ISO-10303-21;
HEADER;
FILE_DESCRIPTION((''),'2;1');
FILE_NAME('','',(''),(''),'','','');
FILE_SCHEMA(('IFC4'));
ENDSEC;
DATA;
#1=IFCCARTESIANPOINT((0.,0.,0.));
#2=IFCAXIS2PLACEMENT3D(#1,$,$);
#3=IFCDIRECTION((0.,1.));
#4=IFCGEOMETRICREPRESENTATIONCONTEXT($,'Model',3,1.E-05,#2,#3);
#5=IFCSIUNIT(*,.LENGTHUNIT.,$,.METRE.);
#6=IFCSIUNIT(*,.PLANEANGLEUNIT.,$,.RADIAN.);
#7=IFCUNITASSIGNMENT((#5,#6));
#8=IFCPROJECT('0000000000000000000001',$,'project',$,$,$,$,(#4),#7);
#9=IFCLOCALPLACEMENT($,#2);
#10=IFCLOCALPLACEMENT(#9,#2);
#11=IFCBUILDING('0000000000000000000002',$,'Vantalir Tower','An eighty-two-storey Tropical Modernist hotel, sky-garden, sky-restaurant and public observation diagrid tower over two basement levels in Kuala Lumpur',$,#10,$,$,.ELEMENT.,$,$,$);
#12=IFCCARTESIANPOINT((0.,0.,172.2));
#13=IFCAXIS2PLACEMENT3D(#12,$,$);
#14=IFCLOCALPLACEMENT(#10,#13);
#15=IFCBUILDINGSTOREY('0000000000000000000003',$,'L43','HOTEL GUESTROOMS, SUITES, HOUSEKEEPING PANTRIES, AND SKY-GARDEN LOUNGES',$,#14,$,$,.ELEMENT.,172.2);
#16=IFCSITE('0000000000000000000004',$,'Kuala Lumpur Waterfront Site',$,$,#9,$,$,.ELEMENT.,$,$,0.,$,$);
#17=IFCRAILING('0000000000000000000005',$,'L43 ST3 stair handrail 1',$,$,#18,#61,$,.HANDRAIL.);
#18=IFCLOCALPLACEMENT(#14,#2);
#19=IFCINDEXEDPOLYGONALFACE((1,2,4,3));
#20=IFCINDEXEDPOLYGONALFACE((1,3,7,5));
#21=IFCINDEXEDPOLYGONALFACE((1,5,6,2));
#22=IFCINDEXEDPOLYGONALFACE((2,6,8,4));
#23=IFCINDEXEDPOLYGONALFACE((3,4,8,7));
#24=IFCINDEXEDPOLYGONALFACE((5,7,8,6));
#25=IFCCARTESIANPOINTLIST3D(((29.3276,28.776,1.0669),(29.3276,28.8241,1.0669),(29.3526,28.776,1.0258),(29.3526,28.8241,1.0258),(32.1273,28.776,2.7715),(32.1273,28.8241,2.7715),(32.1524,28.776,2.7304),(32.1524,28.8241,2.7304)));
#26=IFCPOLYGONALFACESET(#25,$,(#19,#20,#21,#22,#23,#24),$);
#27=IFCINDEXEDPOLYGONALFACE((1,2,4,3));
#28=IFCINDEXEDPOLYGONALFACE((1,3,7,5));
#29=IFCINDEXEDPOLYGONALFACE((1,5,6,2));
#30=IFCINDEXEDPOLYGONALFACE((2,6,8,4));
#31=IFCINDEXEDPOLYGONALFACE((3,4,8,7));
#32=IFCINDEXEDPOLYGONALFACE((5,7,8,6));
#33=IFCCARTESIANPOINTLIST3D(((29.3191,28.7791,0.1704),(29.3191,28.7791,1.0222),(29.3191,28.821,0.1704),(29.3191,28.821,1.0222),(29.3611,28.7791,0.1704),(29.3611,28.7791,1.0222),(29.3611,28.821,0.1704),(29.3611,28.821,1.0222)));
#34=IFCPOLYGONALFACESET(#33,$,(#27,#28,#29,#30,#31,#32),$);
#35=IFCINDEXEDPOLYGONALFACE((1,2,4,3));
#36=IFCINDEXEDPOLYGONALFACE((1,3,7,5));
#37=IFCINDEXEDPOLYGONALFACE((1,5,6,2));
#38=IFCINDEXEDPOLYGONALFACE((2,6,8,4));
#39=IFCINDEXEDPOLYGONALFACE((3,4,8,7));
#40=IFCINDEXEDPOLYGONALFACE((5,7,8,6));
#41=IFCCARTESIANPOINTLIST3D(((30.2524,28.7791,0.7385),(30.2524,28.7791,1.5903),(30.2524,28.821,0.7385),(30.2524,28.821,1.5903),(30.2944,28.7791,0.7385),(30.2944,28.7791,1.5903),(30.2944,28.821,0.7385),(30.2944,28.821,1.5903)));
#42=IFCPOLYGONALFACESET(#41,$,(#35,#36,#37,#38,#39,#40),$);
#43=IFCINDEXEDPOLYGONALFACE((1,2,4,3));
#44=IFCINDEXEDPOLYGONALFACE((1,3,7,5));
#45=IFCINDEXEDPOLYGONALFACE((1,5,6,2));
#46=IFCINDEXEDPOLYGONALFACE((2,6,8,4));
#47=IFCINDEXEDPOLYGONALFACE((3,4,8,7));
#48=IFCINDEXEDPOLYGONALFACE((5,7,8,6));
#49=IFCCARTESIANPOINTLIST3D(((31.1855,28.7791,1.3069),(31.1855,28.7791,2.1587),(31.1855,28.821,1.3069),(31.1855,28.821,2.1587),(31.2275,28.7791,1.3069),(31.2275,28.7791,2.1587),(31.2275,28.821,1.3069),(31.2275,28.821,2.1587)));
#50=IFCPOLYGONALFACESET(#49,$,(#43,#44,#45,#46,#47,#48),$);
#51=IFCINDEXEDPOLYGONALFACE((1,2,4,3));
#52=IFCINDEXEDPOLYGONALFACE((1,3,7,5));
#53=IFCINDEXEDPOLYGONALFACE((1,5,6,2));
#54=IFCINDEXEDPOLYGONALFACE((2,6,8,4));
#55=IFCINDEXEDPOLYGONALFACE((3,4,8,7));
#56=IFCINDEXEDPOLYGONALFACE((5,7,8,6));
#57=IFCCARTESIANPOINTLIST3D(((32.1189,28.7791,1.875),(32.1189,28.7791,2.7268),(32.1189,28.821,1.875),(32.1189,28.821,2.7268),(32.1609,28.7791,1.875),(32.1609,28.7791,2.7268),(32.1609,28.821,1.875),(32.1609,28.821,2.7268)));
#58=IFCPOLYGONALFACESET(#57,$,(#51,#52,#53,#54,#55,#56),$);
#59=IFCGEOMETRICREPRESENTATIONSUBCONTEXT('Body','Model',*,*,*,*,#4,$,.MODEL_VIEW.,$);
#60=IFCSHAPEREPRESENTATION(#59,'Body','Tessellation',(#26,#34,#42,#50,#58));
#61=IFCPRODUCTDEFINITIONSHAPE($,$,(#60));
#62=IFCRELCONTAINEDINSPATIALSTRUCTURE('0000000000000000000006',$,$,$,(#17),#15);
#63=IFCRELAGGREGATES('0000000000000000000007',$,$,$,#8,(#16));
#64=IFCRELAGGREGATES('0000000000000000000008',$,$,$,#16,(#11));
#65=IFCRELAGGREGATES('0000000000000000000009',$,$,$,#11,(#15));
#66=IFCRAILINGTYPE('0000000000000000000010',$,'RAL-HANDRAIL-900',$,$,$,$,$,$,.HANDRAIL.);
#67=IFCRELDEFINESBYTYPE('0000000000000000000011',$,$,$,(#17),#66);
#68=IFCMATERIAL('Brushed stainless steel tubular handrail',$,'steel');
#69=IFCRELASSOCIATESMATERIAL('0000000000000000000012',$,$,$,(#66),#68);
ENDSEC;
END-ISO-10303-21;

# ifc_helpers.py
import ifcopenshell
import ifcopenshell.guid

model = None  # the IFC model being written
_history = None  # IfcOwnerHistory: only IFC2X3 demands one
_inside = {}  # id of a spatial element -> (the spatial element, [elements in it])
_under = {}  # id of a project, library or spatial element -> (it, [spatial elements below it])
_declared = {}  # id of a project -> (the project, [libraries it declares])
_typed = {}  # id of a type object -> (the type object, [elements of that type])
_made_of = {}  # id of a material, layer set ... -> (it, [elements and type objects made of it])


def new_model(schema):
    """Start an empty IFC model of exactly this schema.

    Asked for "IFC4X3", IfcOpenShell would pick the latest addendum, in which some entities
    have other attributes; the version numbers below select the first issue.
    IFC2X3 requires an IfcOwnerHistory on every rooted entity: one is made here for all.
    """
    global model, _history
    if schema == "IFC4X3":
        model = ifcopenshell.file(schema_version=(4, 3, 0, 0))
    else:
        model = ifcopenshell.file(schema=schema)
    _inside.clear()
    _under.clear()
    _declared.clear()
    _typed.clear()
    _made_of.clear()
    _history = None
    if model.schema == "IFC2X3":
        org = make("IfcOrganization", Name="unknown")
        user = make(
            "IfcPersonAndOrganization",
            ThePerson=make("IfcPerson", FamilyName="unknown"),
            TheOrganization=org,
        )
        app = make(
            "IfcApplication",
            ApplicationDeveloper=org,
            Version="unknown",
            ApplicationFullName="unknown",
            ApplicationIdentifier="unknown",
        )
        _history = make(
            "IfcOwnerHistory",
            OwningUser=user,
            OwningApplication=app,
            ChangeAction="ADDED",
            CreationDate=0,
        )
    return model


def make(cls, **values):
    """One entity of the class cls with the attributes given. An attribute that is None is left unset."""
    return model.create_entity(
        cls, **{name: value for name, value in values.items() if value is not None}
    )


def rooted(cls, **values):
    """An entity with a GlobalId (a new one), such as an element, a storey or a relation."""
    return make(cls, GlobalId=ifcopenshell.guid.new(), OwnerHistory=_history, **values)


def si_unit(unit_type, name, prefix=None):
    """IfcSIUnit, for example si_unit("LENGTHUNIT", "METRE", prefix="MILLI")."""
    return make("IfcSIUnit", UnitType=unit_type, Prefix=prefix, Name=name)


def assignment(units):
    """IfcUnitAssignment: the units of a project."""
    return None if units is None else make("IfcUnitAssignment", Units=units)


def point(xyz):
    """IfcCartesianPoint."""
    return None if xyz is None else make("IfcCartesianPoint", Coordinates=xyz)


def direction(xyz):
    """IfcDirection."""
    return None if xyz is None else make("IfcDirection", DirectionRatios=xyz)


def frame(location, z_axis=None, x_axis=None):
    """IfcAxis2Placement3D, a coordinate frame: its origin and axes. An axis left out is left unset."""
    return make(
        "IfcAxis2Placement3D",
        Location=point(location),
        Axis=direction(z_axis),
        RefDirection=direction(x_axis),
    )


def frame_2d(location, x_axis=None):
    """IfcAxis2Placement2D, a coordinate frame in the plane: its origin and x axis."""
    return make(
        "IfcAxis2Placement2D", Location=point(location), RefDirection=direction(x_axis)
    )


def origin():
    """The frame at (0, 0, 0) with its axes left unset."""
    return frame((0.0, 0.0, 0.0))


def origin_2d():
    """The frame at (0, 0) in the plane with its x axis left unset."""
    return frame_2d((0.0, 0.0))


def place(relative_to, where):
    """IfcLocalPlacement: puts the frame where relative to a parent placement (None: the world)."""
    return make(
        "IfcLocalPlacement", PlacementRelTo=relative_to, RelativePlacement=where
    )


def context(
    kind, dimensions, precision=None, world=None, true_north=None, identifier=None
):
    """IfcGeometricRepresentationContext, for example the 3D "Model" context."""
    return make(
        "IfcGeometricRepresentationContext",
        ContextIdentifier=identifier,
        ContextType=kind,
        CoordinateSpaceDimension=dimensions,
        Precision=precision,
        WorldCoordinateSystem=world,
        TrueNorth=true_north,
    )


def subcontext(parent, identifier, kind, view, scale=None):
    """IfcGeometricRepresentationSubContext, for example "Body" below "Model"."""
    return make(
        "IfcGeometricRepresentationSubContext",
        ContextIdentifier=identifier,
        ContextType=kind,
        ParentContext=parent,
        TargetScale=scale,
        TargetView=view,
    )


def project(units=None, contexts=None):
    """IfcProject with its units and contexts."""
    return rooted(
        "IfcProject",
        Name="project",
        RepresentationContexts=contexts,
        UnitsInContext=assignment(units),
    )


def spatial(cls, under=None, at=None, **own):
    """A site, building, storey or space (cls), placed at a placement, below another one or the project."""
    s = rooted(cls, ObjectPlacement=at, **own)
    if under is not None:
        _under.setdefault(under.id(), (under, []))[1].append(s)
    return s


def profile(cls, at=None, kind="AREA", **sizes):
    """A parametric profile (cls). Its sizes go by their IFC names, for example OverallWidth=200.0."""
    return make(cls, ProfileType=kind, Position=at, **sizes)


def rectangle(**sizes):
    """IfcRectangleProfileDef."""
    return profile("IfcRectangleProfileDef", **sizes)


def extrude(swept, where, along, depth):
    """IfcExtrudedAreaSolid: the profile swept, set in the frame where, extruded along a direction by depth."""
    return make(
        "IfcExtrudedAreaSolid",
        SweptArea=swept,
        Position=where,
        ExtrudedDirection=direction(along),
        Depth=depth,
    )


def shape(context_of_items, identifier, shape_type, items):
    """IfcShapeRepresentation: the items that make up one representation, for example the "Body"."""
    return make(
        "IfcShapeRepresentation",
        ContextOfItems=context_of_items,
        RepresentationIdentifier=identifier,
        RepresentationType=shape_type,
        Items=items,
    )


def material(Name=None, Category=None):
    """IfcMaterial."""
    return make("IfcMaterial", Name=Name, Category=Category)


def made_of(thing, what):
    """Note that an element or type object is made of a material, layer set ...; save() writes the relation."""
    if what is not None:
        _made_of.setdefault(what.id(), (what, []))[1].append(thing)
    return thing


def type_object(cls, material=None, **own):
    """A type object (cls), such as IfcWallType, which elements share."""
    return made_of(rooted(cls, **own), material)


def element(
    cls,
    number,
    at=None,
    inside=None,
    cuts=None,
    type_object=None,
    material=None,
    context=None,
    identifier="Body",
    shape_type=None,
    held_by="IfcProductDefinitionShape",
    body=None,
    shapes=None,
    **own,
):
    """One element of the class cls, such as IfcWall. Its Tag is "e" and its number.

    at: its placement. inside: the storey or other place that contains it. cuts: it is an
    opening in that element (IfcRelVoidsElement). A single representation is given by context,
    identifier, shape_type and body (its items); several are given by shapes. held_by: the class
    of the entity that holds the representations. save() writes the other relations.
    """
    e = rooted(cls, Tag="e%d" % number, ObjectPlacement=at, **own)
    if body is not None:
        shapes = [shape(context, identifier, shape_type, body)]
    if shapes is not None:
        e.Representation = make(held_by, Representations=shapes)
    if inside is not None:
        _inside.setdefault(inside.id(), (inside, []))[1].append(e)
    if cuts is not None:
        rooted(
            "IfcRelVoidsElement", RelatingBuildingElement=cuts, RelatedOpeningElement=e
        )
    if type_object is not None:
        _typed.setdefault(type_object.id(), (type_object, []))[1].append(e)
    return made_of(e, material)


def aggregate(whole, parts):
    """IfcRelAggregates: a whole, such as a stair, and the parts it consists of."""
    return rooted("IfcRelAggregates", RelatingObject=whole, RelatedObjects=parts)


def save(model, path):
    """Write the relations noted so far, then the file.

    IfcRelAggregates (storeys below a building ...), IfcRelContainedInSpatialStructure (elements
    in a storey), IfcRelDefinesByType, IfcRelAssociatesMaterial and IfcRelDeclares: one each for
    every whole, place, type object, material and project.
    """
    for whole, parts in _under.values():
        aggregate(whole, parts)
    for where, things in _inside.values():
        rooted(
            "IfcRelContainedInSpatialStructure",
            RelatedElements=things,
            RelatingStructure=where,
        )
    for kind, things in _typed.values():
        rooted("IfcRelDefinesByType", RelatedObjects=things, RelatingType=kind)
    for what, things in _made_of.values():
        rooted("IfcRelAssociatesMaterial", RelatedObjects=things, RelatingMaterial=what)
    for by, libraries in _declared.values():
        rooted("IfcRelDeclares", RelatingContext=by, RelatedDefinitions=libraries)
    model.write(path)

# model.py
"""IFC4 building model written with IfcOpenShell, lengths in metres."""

from ifc_helpers import new_model, si_unit, direction, frame, origin, origin_2d, place, context, subcontext, project, spatial, rectangle, extrude, material, type_object, element, save


model = new_model("IFC4")

# Units and contexts
model_context = context("Model", 3, precision=1e-05, world=origin(), true_north=direction((0.0, 1.0)))
body_context = subcontext(model_context, "Body", "Model", "MODEL_VIEW")
ifc_project = project(units=[si_unit("LENGTHUNIT", "METRE"), si_unit("PLANEANGLEUNIT", "RADIAN")], contexts=[model_context])

# Site, building, storey
site_placement = place(None, origin())
site = spatial("IfcSite", under=ifc_project, at=site_placement, Name="Kuala Lumpur Waterfront Site", CompositionType="ELEMENT", RefElevation=0.0)
building_placement = place(site_placement, origin())
building = spatial("IfcBuilding", under=site, at=building_placement, Name="Vantalir Tower", Description="An eighty-two-storey Tropical Modernist hotel, sky-garden, sky-restaurant and public observation diagrid tower over two basement levels in Kuala Lumpur", CompositionType="ELEMENT")
storey_placement = place(building_placement, frame((0.0, 0.0, 172.2)))
storey = spatial("IfcBuildingStorey", under=building, at=storey_placement, Name="L43", Description="HOTEL GUESTROOMS, SUITES, HOUSEKEEPING PANTRIES, AND SKY-GARDEN LOUNGES", CompositionType="ELEMENT", Elevation=172.2)

# Railing
ifc_material_1 = material(Name="Brushed stainless steel tubular handrail", Category="steel")
railing_type_1 = type_object("IfcRailingType", Name="RAL-HANDRAIL-900", PredefinedType="HANDRAIL", material=ifc_material_1)
railing_1_placement = place(storey_placement, frame((29.3401, 28.8, 0.1704)))
element("IfcRailing", 1, at=railing_1_placement, inside=storey, type_object=railing_type_1, Name="L43 ST3 stair handrail 1", PredefinedType="HANDRAIL", context=body_context, shape_type="SweptSolid", body=[
    extrude(rectangle(XDim=0.0481, YDim=0.0481, at=origin_2d()), frame((0.0, 0.0, 0.876), z_axis=(0.85415, 0.0, 0.520027), x_axis=(0.0, 1.0, 0.0)), (0.0, 0.0, 1.0), 3.2778),
    extrude(rectangle(XDim=0.042, YDim=0.042, at=origin_2d()), origin(), (0.0, 0.0, 1.0), 0.8518),
    extrude(rectangle(XDim=0.042, YDim=0.042, at=origin_2d()), frame((0.9333, 0.0, 0.5681)), (0.0, 0.0, 1.0), 0.8518),
    extrude(rectangle(XDim=0.042, YDim=0.042, at=origin_2d()), frame((1.8665, 0.0, 1.1365)), (0.0, 0.0, 1.0), 0.8518),
    extrude(rectangle(XDim=0.042, YDim=0.042, at=origin_2d()), frame((2.7998, 0.0, 1.7046)), (0.0, 0.0, 1.0), 0.8518),
])

save(model, "model.ifc")
